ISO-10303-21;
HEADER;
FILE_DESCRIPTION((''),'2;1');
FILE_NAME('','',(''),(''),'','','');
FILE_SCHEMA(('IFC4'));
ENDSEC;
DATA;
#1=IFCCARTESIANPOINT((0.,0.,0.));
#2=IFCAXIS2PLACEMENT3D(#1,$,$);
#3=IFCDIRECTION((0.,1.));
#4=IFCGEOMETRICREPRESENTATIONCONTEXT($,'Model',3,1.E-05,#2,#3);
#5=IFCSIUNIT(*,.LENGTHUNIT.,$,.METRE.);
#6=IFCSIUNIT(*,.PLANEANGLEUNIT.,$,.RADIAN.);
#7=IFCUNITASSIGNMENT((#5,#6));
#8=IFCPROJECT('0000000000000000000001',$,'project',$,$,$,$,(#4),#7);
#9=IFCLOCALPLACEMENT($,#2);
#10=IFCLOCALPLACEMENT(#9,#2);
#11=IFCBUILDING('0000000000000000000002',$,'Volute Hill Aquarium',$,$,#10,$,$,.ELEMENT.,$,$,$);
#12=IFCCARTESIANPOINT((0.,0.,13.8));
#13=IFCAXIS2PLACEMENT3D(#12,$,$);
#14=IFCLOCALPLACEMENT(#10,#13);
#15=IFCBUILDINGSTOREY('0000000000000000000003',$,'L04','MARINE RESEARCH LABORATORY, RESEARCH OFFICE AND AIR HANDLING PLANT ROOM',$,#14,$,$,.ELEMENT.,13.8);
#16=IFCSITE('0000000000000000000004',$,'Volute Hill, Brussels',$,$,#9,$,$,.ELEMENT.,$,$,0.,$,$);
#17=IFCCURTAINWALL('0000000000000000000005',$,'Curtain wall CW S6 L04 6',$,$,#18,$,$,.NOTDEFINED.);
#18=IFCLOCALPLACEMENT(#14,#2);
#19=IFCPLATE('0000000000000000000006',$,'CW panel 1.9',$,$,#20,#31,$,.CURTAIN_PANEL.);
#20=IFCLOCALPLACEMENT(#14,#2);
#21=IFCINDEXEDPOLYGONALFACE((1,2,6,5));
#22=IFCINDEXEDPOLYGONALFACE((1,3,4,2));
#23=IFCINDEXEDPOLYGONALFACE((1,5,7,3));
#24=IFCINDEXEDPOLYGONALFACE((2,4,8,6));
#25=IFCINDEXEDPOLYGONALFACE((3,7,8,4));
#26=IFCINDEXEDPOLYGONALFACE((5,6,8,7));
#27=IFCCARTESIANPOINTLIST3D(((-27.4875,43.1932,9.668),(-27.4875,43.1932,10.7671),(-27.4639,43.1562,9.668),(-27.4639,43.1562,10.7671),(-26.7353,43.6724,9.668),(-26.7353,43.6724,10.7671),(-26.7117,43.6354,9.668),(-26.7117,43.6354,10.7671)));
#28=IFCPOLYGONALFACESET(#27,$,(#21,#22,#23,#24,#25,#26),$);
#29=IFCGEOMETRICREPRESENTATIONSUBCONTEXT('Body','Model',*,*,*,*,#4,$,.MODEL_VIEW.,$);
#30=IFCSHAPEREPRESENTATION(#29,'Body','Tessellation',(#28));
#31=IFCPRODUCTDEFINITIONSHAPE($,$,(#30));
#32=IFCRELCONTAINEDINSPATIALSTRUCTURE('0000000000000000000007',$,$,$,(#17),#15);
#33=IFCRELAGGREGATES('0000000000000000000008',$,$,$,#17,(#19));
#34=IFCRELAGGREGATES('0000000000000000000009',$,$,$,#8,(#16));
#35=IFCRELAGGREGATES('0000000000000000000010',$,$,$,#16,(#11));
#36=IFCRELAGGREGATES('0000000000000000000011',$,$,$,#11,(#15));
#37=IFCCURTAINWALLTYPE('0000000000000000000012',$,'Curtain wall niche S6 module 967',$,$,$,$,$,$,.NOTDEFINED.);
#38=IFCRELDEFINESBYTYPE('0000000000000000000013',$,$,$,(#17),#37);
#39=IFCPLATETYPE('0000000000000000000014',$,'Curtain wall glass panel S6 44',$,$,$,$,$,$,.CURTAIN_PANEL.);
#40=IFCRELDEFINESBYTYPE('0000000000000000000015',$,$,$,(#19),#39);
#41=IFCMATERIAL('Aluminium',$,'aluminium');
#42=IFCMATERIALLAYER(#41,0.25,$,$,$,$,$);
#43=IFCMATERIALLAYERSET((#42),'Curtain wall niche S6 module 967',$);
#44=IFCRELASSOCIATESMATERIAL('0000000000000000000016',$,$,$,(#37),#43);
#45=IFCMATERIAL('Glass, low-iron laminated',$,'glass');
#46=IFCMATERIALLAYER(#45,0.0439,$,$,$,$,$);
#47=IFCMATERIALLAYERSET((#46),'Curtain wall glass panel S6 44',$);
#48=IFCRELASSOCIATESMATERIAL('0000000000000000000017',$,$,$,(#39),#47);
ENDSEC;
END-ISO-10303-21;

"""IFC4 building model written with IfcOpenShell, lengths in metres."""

from ifc_helpers import new_model, si_unit, direction, frame, origin, origin_2d, place, context, subcontext, project, spatial, rectangle, extrude, material, layer, layer_set, type_object, element, aggregate, save


model = new_model("IFC4")

# Units and contexts
model_context = context("Model", 3, precision=1e-05, world=origin(), true_north=direction((0.0, 1.0)))
body_context = subcontext(model_context, "Body", "Model", "MODEL_VIEW")
ifc_project = project(units=[si_unit("LENGTHUNIT", "METRE"), si_unit("PLANEANGLEUNIT", "RADIAN")], contexts=[model_context])

# Site, building, storey
site_placement = place(None, origin())
site = spatial("IfcSite", under=ifc_project, at=site_placement, Name="Volute Hill, Brussels", CompositionType="ELEMENT", RefElevation=0.0)
building_placement = place(site_placement, origin())
building = spatial("IfcBuilding", under=site, at=building_placement, Name="Volute Hill Aquarium", CompositionType="ELEMENT")
storey_placement = place(building_placement, frame((0.0, 0.0, 13.8)))
storey = spatial("IfcBuildingStorey", under=building, at=storey_placement, Name="L04", Description="MARINE RESEARCH LABORATORY, RESEARCH OFFICE AND AIR HANDLING PLANT ROOM", CompositionType="ELEMENT", Elevation=13.8)

# Curtain wall
ifc_material_1 = material(Name="Aluminium", Category="aluminium")
ifc_layer_1 = layer(ifc_material_1, 0.25)
ifc_layer_set_1 = layer_set([ifc_layer_1], Name="Curtain wall niche S6 module 967")
curtain_wall_type = type_object("IfcCurtainWallType", Name="Curtain wall niche S6 module 967", PredefinedType="NOTDEFINED", material=ifc_layer_set_1)
curtain_wall_1_placement = place(storey_placement, origin())
curtain_wall_1 = element("IfcCurtainWall", 1, at=curtain_wall_1_placement, inside=storey, type_object=curtain_wall_type, Name="Curtain wall CW S6 L04 6", PredefinedType="NOTDEFINED")

# Shared definitions
ifc_material_2 = material(Name="Glass, low-iron laminated", Category="glass")
ifc_layer_2 = layer(ifc_material_2, 0.0439)
ifc_layer_set_2 = layer_set([ifc_layer_2], Name="Curtain wall glass panel S6 44")
plate_type = type_object("IfcPlateType", Name="Curtain wall glass panel S6 44", PredefinedType="CURTAIN_PANEL", material=ifc_layer_set_2)

# Plate
plate_1_placement = place(storey_placement, frame((-27.0996, 43.4143, 9.668), z_axis=(0.0, 0.0, 1.0), x_axis=(-0.843395, -0.537295, 0.0)))
plate_1 = element("IfcPlate", 2, at=plate_1_placement, type_object=plate_type, Name="CW panel 1.9", PredefinedType="CURTAIN_PANEL", context=body_context, shape_type="SweptSolid", body=[
    extrude(rectangle(XDim=0.8918, YDim=0.0439, at=origin_2d()), origin(), (0.0, 0.0, 1.0), 1.0991),
])
aggregate(curtain_wall_1, [plate_1])

save(model, "model.ifc")
